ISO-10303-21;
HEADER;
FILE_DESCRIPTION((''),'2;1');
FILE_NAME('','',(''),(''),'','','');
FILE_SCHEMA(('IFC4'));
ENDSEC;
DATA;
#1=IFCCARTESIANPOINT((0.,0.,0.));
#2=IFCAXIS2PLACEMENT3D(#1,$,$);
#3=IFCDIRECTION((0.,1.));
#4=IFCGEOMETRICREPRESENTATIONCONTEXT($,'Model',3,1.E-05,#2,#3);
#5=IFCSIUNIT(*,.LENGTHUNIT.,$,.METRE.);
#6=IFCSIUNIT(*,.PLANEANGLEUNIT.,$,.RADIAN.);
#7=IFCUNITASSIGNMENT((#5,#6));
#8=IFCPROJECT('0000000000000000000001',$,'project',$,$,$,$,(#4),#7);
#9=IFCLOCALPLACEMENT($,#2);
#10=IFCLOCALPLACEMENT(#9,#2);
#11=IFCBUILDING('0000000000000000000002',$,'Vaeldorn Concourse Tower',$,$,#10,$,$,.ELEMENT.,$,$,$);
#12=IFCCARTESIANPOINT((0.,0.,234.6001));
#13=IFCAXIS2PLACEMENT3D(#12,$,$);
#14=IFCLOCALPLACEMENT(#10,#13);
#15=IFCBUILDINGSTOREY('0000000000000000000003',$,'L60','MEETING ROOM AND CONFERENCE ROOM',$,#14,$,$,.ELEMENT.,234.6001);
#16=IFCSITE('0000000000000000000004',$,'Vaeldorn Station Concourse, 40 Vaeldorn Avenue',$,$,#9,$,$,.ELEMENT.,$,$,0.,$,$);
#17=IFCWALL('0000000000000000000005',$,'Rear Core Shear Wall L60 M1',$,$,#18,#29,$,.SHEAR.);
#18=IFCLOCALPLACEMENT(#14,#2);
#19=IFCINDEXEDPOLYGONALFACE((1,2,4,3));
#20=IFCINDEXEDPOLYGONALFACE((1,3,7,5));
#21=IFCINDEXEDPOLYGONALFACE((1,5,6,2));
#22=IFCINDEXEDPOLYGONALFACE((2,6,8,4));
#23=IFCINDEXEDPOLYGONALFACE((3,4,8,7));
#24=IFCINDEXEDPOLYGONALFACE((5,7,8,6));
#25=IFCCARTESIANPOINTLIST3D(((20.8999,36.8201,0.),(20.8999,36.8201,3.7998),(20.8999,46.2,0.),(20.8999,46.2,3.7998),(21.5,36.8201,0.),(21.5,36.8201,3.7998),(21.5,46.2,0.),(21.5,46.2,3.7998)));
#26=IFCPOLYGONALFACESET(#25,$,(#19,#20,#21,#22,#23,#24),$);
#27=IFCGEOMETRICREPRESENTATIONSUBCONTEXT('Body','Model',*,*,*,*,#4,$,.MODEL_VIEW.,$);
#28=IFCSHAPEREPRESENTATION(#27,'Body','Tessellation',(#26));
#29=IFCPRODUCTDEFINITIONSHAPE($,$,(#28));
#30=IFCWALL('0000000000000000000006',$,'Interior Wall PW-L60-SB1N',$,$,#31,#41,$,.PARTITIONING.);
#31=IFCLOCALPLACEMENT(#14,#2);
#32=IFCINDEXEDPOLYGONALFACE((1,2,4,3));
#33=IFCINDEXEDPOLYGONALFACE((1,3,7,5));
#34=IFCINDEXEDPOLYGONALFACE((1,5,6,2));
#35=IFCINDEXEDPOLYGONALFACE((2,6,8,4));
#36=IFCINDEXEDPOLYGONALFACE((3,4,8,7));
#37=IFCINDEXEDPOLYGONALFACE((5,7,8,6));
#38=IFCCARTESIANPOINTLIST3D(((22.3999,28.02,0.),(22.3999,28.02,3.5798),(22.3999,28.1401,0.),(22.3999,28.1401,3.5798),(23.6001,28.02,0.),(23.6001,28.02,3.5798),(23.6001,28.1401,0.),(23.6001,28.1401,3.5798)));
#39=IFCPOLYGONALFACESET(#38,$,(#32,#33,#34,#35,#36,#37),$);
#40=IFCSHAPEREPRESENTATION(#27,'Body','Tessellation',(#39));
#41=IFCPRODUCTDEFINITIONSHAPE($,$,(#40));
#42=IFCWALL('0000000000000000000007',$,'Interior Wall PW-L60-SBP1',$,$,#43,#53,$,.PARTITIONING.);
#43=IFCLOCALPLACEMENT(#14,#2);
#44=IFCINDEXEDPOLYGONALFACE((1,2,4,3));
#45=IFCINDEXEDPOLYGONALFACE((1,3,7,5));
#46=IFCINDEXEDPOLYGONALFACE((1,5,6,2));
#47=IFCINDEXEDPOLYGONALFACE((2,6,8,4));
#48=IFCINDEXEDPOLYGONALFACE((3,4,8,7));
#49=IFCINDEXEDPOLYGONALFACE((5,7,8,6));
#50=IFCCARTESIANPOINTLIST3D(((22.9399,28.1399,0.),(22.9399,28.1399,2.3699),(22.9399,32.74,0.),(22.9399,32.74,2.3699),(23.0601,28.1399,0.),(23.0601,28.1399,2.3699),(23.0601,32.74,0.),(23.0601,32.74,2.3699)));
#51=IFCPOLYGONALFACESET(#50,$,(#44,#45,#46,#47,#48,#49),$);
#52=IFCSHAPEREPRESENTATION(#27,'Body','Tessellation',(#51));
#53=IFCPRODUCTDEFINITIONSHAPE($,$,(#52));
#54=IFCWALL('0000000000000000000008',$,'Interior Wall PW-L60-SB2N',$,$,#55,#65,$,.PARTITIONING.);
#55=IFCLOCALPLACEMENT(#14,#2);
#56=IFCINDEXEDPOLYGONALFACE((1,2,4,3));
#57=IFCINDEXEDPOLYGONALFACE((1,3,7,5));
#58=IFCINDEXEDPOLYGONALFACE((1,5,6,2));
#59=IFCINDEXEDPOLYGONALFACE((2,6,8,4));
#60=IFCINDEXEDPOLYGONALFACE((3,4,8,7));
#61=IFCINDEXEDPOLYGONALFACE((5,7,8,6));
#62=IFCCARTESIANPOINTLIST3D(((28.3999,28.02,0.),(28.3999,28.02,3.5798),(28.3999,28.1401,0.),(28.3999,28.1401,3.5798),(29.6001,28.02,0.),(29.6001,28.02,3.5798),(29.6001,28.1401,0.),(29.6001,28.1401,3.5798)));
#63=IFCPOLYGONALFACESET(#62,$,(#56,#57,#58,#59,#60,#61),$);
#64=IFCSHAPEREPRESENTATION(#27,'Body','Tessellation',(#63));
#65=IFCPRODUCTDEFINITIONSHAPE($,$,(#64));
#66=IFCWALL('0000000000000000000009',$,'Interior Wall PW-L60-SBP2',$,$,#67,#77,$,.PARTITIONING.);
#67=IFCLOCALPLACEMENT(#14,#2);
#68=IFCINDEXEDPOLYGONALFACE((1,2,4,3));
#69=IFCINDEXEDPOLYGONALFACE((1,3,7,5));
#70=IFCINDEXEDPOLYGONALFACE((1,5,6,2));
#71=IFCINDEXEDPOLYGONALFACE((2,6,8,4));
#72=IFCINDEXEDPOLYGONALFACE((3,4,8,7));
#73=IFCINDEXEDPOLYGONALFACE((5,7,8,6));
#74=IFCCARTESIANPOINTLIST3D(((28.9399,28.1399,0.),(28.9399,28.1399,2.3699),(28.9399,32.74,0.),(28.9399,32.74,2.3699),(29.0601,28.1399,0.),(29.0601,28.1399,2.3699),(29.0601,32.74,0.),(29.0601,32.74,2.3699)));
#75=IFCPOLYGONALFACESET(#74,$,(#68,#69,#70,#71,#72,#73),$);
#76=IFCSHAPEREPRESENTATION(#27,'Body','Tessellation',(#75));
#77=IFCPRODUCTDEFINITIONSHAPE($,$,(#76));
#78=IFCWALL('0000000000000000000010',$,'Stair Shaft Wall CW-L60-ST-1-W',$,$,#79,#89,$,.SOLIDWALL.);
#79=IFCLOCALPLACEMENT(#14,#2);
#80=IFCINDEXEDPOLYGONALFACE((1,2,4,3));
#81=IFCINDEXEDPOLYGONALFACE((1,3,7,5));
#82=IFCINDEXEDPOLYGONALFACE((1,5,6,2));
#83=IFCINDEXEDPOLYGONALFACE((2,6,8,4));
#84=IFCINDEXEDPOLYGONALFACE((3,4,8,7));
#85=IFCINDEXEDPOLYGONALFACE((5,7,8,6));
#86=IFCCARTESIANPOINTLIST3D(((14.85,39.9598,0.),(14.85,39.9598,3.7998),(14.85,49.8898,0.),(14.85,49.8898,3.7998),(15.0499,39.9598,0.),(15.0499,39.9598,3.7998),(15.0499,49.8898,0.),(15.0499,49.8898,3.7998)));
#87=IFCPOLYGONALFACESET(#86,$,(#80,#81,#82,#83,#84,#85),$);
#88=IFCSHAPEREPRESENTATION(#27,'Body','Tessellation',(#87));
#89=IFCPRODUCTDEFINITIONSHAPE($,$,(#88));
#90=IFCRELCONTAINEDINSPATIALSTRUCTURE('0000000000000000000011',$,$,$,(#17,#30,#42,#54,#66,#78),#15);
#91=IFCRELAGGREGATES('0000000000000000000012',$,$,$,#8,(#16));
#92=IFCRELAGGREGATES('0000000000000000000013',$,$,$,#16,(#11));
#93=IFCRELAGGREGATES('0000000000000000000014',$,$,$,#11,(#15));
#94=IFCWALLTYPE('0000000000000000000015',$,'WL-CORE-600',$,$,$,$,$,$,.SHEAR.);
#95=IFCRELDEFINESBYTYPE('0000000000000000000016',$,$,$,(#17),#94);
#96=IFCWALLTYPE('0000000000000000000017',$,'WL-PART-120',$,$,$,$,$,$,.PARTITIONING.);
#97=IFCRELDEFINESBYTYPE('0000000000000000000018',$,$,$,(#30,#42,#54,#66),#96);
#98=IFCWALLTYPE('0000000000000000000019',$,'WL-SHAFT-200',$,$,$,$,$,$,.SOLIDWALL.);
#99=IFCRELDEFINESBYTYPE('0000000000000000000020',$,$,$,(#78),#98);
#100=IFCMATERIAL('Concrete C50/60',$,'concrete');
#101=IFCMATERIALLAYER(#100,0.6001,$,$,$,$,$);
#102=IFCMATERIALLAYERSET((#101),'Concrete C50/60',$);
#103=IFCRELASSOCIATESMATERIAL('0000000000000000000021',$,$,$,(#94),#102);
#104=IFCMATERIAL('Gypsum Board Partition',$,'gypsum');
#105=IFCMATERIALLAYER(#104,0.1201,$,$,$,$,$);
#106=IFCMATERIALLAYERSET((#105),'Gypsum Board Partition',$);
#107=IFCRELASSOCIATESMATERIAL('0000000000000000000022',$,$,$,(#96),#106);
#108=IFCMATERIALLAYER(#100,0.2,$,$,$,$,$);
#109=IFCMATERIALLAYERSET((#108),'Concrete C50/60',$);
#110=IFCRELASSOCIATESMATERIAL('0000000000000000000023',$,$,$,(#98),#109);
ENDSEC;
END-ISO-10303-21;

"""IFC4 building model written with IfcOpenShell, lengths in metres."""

from ifc_helpers import new_model, si_unit, direction, frame, frame_2d, origin, place, context, subcontext, project, spatial, rectangle, extrude, material, layer, layer_set, type_object, element, save


model = new_model("IFC4")

# Units and contexts
model_context = context("Model", 3, precision=1e-05, world=origin(), true_north=direction((0.0, 1.0)))
body_context = subcontext(model_context, "Body", "Model", "MODEL_VIEW")
ifc_project = project(units=[si_unit("LENGTHUNIT", "METRE"), si_unit("PLANEANGLEUNIT", "RADIAN")], contexts=[model_context])

# Site, building, storey
site_placement = place(None, origin())
site = spatial("IfcSite", under=ifc_project, at=site_placement, Name="Vaeldorn Station Concourse, 40 Vaeldorn Avenue", CompositionType="ELEMENT", RefElevation=0.0)
building_placement = place(site_placement, origin())
building = spatial("IfcBuilding", under=site, at=building_placement, Name="Vaeldorn Concourse Tower", CompositionType="ELEMENT")
storey_placement = place(building_placement, frame((0.0, 0.0, 234.6001)))
storey = spatial("IfcBuildingStorey", under=building, at=storey_placement, Name="L60", Description="MEETING ROOM AND CONFERENCE ROOM", CompositionType="ELEMENT", Elevation=234.6001)

# Walls
ifc_material_1 = material(Name="Concrete C50/60", Category="concrete")
ifc_layer_1 = layer(ifc_material_1, 0.6001)
ifc_layer_set_1 = layer_set([ifc_layer_1], Name="Concrete C50/60")
wall_type_1 = type_object("IfcWallType", Name="WL-CORE-600", PredefinedType="SHEAR", material=ifc_layer_set_1)
wall_1_placement = place(storey_placement, frame((21.2, 36.8201, 0.0), z_axis=(0.0, 0.0, 1.0), x_axis=(0.0, 1.0, 0.0)))
element("IfcWall", 1, at=wall_1_placement, inside=storey, type_object=wall_type_1, Name="Rear Core Shear Wall L60 M1", PredefinedType="SHEAR", context=body_context, shape_type="SweptSolid", body=[
    extrude(rectangle(XDim=9.3799, YDim=0.6001, at=frame_2d((4.6899, 0.0))), origin(), (0.0, 0.0, 1.0), 3.7998),
])
ifc_material_2 = material(Name="Gypsum Board Partition", Category="gypsum")
ifc_layer_2 = layer(ifc_material_2, 0.1201)
ifc_layer_set_2 = layer_set([ifc_layer_2], Name="Gypsum Board Partition")
wall_type_2 = type_object("IfcWallType", Name="WL-PART-120", PredefinedType="PARTITIONING", material=ifc_layer_set_2)
wall_2_placement = place(storey_placement, frame((22.3999, 28.0801, 0.0), z_axis=(0.0, 0.0, 1.0), x_axis=(1.0, 0.0, 0.0)))
element("IfcWall", 2, at=wall_2_placement, inside=storey, type_object=wall_type_2, Name="Interior Wall PW-L60-SB1N", PredefinedType="PARTITIONING", context=body_context, shape_type="SweptSolid", body=[
    extrude(rectangle(XDim=1.2002, YDim=0.1201, at=frame_2d((0.6001, 0.0))), origin(), (0.0, 0.0, 1.0), 3.5798),
])
wall_3_placement = place(storey_placement, frame((23.0, 28.1399, 0.0), z_axis=(0.0, 0.0, 1.0), x_axis=(0.0, 1.0, 0.0)))
element("IfcWall", 3, at=wall_3_placement, inside=storey, type_object=wall_type_2, Name="Interior Wall PW-L60-SBP1", PredefinedType="PARTITIONING", context=body_context, shape_type="SweptSolid", body=[
    extrude(rectangle(XDim=4.6001, YDim=0.1201, at=frame_2d((2.3, 0.0))), origin(), (0.0, 0.0, 1.0), 2.3699),
])
wall_4_placement = place(storey_placement, frame((28.3999, 28.0801, 0.0), z_axis=(0.0, 0.0, 1.0), x_axis=(1.0, 0.0, 0.0)))
element("IfcWall", 4, at=wall_4_placement, inside=storey, type_object=wall_type_2, Name="Interior Wall PW-L60-SB2N", PredefinedType="PARTITIONING", context=body_context, shape_type="SweptSolid", body=[
    extrude(rectangle(XDim=1.2002, YDim=0.1201, at=frame_2d((0.6001, 0.0))), origin(), (0.0, 0.0, 1.0), 3.5798),
])
wall_5_placement = place(storey_placement, frame((29.0, 28.1399, 0.0), z_axis=(0.0, 0.0, 1.0), x_axis=(0.0, 1.0, 0.0)))
element("IfcWall", 5, at=wall_5_placement, inside=storey, type_object=wall_type_2, Name="Interior Wall PW-L60-SBP2", PredefinedType="PARTITIONING", context=body_context, shape_type="SweptSolid", body=[
    extrude(rectangle(XDim=4.6001, YDim=0.1201, at=frame_2d((2.3, 0.0))), origin(), (0.0, 0.0, 1.0), 2.3699),
])

# Shared definitions
ifc_layer_3 = layer(ifc_material_1, 0.2)
ifc_layer_set_3 = layer_set([ifc_layer_3], Name="Concrete C50/60")
wall_type_3 = type_object("IfcWallType", Name="WL-SHAFT-200", PredefinedType="SOLIDWALL", material=ifc_layer_set_3)

# Wall
wall_6_placement = place(storey_placement, frame((14.95, 39.96, 0.0), z_axis=(0.0, 0.0, 1.0), x_axis=(0.0, 1.0, 0.0)))
element("IfcWall", 6, at=wall_6_placement, inside=storey, type_object=wall_type_3, Name="Stair Shaft Wall CW-L60-ST-1-W", PredefinedType="SOLIDWALL", context=body_context, shape_type="SweptSolid", body=[
    extrude(rectangle(XDim=9.9299, YDim=0.2, at=frame_2d((4.9648, 0.0))), origin(), (0.0, 0.0, 1.0), 3.7998),
])

save(model, "model.ifc")
